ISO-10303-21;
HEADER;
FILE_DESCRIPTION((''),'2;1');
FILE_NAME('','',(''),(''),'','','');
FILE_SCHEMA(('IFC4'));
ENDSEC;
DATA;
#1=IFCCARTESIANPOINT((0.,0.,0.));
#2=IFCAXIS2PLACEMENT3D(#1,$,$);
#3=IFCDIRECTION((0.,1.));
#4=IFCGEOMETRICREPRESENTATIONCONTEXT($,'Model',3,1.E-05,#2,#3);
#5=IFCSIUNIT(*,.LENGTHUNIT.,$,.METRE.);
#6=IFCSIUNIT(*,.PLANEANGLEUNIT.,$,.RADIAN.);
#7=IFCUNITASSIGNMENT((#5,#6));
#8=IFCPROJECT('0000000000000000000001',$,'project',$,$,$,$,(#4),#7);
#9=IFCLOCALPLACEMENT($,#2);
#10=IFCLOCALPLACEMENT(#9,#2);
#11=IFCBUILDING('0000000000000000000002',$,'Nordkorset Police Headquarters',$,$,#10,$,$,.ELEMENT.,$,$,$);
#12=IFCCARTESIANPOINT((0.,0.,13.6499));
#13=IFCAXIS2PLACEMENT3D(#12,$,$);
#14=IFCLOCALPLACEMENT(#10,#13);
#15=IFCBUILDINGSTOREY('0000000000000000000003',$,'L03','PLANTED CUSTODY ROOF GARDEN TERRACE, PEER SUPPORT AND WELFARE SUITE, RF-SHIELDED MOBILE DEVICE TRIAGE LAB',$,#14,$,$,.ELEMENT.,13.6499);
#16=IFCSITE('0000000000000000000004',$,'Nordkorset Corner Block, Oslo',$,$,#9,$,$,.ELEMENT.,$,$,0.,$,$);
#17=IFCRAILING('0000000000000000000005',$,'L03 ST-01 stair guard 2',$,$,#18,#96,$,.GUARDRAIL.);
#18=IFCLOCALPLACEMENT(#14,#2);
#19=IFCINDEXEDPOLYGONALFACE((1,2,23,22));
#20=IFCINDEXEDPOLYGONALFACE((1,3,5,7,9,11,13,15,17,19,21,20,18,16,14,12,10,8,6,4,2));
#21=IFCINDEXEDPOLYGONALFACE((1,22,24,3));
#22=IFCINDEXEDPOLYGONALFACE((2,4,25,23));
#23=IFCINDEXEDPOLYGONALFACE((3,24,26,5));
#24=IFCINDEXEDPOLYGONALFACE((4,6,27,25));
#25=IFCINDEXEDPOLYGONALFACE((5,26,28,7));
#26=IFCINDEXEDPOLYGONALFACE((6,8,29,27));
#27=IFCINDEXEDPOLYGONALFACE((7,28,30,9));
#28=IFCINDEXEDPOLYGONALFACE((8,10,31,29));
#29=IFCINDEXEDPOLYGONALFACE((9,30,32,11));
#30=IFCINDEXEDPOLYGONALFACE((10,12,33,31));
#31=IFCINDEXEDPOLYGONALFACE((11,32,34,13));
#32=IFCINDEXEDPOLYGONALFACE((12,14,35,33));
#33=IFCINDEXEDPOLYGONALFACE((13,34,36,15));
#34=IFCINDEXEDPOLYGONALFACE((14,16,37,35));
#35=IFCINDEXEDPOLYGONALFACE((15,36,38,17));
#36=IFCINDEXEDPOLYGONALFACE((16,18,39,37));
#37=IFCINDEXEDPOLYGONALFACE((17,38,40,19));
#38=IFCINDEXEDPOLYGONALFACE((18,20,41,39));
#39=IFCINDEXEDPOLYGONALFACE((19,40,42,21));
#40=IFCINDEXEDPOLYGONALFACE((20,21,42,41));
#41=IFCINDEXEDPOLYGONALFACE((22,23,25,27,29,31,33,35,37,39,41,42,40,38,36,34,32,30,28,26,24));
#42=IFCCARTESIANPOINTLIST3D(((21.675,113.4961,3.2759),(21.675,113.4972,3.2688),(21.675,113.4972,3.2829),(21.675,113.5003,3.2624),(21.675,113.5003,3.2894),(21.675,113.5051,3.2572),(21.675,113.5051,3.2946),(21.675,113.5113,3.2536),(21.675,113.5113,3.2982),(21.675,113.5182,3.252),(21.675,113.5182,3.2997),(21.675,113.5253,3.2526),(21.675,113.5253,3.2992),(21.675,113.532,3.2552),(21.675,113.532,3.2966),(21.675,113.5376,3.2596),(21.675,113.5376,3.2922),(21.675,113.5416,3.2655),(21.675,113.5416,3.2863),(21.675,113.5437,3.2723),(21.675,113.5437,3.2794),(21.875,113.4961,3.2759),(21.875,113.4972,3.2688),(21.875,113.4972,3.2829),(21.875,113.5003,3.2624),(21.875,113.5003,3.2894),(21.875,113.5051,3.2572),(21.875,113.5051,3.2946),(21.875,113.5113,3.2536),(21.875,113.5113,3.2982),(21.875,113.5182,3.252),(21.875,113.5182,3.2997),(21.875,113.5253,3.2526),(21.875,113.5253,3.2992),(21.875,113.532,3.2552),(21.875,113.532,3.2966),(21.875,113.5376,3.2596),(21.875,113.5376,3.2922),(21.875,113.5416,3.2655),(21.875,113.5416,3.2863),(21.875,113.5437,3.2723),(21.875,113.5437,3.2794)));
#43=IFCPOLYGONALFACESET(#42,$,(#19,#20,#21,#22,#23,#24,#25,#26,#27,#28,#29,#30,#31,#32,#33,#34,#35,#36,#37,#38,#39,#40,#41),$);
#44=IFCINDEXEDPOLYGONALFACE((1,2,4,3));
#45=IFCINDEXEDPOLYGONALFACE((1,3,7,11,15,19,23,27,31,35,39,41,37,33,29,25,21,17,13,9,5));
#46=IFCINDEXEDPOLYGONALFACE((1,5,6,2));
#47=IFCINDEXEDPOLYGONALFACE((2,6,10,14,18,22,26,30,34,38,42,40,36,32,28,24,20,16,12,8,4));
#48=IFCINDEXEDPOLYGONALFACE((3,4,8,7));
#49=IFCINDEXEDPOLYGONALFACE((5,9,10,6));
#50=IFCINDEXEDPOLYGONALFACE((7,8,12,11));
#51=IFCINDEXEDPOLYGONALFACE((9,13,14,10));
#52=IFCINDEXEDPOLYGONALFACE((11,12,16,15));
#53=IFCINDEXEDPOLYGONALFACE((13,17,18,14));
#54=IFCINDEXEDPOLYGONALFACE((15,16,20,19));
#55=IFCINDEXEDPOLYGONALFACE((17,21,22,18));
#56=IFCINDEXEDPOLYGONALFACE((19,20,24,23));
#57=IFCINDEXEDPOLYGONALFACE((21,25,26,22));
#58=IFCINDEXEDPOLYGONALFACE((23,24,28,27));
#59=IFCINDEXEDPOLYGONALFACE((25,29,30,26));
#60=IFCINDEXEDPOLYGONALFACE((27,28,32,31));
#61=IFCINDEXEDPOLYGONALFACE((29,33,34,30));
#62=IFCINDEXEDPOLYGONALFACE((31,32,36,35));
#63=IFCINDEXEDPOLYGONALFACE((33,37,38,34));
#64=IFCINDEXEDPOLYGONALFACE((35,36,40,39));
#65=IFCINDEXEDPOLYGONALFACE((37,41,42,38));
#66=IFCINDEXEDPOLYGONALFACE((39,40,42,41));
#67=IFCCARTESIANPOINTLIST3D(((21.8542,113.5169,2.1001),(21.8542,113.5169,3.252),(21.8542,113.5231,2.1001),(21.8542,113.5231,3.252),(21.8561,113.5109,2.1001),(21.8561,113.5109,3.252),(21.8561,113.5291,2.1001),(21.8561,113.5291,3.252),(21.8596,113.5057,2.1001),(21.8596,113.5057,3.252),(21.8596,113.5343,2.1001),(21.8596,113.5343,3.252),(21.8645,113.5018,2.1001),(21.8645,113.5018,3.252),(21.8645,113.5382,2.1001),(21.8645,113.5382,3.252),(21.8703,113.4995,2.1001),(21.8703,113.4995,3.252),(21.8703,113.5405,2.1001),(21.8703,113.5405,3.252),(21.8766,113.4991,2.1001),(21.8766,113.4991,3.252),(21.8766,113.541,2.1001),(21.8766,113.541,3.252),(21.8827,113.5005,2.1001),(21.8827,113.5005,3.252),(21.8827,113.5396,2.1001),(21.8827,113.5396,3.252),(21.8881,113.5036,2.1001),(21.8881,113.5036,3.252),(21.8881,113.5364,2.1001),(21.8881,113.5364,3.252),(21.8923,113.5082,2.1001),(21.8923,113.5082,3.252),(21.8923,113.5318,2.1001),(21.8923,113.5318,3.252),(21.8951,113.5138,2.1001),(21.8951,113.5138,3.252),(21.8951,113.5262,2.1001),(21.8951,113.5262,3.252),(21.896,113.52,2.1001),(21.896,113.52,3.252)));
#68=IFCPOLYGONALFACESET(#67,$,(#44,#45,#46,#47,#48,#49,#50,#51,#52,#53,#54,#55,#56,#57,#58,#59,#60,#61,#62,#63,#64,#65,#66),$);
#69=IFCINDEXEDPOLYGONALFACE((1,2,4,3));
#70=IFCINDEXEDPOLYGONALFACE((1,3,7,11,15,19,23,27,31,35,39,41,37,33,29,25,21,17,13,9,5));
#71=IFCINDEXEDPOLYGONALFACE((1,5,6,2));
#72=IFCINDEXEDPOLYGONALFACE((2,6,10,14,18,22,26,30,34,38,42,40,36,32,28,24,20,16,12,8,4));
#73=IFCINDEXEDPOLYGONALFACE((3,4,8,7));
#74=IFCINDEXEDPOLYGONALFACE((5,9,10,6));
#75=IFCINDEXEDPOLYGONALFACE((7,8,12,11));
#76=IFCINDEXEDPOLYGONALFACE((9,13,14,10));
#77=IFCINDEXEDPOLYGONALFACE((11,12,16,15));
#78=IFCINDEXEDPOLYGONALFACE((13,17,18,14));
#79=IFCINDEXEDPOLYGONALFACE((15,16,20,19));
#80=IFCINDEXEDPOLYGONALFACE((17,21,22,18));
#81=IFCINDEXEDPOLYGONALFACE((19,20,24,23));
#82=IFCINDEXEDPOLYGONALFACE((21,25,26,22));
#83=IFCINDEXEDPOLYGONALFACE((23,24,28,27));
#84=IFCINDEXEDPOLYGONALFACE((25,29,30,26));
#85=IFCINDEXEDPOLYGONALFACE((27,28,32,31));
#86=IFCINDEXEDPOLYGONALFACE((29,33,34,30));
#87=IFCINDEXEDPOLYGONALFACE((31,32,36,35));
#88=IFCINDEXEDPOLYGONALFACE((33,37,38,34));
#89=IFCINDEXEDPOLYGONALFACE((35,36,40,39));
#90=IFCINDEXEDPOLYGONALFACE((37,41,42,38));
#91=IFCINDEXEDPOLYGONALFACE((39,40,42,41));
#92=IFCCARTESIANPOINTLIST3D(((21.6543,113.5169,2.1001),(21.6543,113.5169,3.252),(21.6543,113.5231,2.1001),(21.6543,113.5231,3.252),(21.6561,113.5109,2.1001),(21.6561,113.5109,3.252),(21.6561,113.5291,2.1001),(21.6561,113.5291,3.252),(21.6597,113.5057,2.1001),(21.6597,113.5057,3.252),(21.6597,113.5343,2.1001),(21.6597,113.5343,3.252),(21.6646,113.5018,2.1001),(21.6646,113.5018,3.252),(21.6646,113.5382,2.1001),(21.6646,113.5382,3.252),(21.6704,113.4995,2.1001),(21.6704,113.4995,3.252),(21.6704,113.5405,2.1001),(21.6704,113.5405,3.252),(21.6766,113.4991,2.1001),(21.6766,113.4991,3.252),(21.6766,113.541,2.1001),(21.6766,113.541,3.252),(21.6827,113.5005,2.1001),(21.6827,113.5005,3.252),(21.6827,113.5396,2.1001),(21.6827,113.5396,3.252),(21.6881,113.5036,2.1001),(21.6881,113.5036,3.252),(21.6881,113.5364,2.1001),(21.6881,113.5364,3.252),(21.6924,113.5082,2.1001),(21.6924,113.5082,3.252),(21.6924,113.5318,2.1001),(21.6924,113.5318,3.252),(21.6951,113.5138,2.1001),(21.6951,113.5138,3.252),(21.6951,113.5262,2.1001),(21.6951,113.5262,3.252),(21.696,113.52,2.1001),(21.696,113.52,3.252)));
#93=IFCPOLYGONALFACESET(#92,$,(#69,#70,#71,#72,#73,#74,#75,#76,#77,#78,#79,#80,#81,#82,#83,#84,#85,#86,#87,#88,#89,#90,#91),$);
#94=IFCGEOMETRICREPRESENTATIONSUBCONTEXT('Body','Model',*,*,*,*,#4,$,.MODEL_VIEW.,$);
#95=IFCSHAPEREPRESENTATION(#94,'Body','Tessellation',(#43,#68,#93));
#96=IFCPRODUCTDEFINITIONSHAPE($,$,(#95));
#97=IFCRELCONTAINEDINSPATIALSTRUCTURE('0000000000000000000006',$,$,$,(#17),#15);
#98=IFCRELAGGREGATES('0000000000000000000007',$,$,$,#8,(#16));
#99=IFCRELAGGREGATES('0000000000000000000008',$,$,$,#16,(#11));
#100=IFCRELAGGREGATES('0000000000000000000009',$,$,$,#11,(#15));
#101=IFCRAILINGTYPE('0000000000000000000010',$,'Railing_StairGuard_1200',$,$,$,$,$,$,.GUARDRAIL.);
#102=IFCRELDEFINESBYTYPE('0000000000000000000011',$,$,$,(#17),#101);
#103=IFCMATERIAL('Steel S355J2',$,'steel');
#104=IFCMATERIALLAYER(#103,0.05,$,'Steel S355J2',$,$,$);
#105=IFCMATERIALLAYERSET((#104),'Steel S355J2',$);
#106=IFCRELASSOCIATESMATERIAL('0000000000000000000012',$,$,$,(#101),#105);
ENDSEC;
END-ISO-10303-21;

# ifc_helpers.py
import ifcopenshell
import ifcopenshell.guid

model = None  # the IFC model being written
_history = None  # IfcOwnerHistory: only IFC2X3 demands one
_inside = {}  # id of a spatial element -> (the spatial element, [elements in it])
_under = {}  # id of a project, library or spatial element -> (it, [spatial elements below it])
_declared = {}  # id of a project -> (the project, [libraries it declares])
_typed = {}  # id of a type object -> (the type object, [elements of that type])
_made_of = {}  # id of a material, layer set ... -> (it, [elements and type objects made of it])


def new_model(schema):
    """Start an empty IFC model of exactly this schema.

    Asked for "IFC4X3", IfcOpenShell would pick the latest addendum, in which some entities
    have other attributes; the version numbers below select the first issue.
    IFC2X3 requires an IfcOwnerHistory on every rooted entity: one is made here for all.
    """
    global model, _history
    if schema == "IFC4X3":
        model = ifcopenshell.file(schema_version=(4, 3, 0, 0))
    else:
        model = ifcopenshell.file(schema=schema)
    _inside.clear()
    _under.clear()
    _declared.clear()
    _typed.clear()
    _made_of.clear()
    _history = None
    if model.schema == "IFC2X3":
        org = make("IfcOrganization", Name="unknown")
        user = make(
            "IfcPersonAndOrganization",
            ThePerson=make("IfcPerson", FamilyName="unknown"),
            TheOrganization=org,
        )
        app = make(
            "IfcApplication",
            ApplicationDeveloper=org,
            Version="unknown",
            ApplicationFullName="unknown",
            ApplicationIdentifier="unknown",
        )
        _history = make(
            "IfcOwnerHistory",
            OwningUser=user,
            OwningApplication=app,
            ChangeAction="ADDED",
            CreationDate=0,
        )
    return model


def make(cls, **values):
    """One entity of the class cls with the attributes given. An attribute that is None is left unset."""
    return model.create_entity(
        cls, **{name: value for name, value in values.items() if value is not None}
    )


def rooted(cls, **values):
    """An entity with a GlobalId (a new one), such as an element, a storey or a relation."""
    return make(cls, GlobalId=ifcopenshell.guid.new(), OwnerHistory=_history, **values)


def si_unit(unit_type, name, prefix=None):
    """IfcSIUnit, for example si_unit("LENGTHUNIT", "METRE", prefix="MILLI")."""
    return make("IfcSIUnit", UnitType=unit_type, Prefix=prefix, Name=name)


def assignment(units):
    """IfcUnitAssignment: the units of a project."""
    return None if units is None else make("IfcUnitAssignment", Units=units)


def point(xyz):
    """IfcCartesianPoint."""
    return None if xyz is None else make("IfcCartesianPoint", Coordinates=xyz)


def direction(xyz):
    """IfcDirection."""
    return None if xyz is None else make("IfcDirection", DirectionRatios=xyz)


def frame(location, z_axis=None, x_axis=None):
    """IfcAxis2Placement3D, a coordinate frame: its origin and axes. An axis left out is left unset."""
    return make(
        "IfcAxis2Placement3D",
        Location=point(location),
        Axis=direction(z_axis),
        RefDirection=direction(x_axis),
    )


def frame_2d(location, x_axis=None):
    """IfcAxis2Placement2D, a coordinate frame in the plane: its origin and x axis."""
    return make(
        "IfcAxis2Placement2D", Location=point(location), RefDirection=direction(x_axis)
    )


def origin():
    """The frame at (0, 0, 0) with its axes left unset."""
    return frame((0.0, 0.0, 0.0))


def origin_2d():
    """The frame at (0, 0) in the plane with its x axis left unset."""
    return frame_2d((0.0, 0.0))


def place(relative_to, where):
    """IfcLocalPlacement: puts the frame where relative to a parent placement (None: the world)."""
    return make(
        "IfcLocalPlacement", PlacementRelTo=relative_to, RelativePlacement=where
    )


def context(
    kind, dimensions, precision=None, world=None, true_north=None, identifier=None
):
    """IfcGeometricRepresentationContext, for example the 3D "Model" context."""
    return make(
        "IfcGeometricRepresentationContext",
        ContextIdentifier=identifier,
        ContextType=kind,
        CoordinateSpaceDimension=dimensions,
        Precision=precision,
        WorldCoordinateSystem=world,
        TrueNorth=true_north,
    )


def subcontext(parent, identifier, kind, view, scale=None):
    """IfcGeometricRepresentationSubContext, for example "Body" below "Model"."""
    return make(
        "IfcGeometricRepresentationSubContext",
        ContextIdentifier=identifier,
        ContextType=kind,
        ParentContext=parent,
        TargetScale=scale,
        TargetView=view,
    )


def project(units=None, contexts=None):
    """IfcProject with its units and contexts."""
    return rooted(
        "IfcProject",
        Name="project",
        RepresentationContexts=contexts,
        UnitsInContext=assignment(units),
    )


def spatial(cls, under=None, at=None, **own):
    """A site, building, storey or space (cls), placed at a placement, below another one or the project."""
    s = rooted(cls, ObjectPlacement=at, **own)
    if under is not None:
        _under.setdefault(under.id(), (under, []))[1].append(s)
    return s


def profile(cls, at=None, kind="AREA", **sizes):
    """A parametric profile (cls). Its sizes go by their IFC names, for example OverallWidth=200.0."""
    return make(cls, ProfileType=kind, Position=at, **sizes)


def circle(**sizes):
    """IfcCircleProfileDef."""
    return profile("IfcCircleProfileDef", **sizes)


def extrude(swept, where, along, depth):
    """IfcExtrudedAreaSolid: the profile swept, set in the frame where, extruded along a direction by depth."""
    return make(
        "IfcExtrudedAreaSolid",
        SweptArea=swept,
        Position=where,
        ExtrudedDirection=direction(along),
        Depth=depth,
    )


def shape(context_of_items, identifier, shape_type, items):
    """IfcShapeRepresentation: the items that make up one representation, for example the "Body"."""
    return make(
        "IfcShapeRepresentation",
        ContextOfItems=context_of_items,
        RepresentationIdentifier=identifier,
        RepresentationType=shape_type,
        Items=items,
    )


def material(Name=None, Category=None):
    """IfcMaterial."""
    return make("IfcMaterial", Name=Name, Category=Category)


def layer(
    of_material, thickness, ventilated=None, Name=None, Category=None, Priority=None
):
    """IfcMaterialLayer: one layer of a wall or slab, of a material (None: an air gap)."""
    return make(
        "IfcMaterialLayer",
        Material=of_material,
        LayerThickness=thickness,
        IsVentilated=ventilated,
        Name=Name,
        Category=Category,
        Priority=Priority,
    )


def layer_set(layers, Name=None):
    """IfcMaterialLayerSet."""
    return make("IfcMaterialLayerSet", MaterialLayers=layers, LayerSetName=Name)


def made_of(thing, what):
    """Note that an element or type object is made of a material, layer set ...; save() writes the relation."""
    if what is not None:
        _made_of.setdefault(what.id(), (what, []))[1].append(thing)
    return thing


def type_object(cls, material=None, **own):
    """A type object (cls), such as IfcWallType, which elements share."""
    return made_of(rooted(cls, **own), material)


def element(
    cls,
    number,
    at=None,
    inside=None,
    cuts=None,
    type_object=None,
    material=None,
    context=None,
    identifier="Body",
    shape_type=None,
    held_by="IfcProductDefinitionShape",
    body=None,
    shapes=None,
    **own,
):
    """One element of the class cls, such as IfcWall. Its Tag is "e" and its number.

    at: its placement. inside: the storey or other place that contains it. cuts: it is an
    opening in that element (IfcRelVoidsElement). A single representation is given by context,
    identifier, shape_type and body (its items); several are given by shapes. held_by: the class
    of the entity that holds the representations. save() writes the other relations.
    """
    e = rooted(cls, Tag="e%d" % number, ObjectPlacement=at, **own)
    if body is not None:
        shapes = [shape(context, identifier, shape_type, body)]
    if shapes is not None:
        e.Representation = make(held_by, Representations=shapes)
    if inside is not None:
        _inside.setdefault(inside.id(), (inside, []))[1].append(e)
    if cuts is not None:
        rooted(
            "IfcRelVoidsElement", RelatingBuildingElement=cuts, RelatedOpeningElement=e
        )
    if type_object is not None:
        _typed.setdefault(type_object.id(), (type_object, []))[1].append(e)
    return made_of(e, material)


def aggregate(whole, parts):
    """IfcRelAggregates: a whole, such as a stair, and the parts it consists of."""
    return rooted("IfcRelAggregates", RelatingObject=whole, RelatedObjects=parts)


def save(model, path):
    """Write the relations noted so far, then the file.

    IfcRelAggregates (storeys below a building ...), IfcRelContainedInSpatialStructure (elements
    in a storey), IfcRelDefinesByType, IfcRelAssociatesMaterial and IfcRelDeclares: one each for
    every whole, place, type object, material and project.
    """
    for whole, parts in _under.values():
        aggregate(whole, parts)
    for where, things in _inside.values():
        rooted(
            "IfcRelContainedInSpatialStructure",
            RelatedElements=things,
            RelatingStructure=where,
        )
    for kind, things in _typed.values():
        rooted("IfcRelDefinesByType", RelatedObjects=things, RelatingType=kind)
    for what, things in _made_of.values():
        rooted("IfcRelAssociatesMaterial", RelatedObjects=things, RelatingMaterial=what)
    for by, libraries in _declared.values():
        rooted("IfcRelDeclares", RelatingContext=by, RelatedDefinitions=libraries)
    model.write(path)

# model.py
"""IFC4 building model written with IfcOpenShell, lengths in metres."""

from ifc_helpers import new_model, si_unit, direction, frame, origin, origin_2d, place, context, subcontext, project, spatial, circle, extrude, material, layer, layer_set, type_object, element, save


model = new_model("IFC4")

# Units and contexts
model_context = context("Model", 3, precision=1e-05, world=origin(), true_north=direction((0.0, 1.0)))
body_context = subcontext(model_context, "Body", "Model", "MODEL_VIEW")
ifc_project = project(units=[si_unit("LENGTHUNIT", "METRE"), si_unit("PLANEANGLEUNIT", "RADIAN")], contexts=[model_context])

# Site, building, storey
site_placement = place(None, origin())
site = spatial("IfcSite", under=ifc_project, at=site_placement, Name="Nordkorset Corner Block, Oslo", CompositionType="ELEMENT", RefElevation=0.0)
building_placement = place(site_placement, origin())
building = spatial("IfcBuilding", under=site, at=building_placement, Name="Nordkorset Police Headquarters", CompositionType="ELEMENT")
storey_placement = place(building_placement, frame((0.0, 0.0, 13.6499)))
storey = spatial("IfcBuildingStorey", under=building, at=storey_placement, Name="L03", Description="PLANTED CUSTODY ROOF GARDEN TERRACE, PEER SUPPORT AND WELFARE SUITE, RF-SHIELDED MOBILE DEVICE TRIAGE LAB", CompositionType="ELEMENT", Elevation=13.6499)

# Railing
ifc_material_1 = material(Name="Steel S355J2", Category="steel")
ifc_layer_1 = layer(ifc_material_1, 0.05, Name="Steel S355J2")
ifc_layer_set_1 = layer_set([ifc_layer_1], Name="Steel S355J2")
railing_type = type_object("IfcRailingType", Name="Railing_StairGuard_1200", PredefinedType="GUARDRAIL", material=ifc_layer_set_1)
railing_1_placement = place(storey_placement, frame((21.875, 113.52, 2.1001)))
element("IfcRailing", 1, at=railing_1_placement, inside=storey, type_object=railing_type, Name="L03 ST-01 stair guard 2", PredefinedType="GUARDRAIL", context=body_context, shape_type="SweptSolid", body=[
    extrude(circle(Radius=0.0239, at=origin_2d()), frame((0.0, 0.0, 1.1758), z_axis=(-1.0, 0.0, 0.0), x_axis=(0.0, -1.0, 0.0)), (0.0, 0.0, 1.0), 0.2),
    extrude(circle(Radius=0.021, at=origin_2d()), origin(), (0.0, 0.0, 1.0), 1.1519),
    extrude(circle(Radius=0.021, at=origin_2d()), frame((-0.2, 0.0, 0.0)), (0.0, 0.0, 1.0), 1.1519),
])

save(model, "model.ifc")
